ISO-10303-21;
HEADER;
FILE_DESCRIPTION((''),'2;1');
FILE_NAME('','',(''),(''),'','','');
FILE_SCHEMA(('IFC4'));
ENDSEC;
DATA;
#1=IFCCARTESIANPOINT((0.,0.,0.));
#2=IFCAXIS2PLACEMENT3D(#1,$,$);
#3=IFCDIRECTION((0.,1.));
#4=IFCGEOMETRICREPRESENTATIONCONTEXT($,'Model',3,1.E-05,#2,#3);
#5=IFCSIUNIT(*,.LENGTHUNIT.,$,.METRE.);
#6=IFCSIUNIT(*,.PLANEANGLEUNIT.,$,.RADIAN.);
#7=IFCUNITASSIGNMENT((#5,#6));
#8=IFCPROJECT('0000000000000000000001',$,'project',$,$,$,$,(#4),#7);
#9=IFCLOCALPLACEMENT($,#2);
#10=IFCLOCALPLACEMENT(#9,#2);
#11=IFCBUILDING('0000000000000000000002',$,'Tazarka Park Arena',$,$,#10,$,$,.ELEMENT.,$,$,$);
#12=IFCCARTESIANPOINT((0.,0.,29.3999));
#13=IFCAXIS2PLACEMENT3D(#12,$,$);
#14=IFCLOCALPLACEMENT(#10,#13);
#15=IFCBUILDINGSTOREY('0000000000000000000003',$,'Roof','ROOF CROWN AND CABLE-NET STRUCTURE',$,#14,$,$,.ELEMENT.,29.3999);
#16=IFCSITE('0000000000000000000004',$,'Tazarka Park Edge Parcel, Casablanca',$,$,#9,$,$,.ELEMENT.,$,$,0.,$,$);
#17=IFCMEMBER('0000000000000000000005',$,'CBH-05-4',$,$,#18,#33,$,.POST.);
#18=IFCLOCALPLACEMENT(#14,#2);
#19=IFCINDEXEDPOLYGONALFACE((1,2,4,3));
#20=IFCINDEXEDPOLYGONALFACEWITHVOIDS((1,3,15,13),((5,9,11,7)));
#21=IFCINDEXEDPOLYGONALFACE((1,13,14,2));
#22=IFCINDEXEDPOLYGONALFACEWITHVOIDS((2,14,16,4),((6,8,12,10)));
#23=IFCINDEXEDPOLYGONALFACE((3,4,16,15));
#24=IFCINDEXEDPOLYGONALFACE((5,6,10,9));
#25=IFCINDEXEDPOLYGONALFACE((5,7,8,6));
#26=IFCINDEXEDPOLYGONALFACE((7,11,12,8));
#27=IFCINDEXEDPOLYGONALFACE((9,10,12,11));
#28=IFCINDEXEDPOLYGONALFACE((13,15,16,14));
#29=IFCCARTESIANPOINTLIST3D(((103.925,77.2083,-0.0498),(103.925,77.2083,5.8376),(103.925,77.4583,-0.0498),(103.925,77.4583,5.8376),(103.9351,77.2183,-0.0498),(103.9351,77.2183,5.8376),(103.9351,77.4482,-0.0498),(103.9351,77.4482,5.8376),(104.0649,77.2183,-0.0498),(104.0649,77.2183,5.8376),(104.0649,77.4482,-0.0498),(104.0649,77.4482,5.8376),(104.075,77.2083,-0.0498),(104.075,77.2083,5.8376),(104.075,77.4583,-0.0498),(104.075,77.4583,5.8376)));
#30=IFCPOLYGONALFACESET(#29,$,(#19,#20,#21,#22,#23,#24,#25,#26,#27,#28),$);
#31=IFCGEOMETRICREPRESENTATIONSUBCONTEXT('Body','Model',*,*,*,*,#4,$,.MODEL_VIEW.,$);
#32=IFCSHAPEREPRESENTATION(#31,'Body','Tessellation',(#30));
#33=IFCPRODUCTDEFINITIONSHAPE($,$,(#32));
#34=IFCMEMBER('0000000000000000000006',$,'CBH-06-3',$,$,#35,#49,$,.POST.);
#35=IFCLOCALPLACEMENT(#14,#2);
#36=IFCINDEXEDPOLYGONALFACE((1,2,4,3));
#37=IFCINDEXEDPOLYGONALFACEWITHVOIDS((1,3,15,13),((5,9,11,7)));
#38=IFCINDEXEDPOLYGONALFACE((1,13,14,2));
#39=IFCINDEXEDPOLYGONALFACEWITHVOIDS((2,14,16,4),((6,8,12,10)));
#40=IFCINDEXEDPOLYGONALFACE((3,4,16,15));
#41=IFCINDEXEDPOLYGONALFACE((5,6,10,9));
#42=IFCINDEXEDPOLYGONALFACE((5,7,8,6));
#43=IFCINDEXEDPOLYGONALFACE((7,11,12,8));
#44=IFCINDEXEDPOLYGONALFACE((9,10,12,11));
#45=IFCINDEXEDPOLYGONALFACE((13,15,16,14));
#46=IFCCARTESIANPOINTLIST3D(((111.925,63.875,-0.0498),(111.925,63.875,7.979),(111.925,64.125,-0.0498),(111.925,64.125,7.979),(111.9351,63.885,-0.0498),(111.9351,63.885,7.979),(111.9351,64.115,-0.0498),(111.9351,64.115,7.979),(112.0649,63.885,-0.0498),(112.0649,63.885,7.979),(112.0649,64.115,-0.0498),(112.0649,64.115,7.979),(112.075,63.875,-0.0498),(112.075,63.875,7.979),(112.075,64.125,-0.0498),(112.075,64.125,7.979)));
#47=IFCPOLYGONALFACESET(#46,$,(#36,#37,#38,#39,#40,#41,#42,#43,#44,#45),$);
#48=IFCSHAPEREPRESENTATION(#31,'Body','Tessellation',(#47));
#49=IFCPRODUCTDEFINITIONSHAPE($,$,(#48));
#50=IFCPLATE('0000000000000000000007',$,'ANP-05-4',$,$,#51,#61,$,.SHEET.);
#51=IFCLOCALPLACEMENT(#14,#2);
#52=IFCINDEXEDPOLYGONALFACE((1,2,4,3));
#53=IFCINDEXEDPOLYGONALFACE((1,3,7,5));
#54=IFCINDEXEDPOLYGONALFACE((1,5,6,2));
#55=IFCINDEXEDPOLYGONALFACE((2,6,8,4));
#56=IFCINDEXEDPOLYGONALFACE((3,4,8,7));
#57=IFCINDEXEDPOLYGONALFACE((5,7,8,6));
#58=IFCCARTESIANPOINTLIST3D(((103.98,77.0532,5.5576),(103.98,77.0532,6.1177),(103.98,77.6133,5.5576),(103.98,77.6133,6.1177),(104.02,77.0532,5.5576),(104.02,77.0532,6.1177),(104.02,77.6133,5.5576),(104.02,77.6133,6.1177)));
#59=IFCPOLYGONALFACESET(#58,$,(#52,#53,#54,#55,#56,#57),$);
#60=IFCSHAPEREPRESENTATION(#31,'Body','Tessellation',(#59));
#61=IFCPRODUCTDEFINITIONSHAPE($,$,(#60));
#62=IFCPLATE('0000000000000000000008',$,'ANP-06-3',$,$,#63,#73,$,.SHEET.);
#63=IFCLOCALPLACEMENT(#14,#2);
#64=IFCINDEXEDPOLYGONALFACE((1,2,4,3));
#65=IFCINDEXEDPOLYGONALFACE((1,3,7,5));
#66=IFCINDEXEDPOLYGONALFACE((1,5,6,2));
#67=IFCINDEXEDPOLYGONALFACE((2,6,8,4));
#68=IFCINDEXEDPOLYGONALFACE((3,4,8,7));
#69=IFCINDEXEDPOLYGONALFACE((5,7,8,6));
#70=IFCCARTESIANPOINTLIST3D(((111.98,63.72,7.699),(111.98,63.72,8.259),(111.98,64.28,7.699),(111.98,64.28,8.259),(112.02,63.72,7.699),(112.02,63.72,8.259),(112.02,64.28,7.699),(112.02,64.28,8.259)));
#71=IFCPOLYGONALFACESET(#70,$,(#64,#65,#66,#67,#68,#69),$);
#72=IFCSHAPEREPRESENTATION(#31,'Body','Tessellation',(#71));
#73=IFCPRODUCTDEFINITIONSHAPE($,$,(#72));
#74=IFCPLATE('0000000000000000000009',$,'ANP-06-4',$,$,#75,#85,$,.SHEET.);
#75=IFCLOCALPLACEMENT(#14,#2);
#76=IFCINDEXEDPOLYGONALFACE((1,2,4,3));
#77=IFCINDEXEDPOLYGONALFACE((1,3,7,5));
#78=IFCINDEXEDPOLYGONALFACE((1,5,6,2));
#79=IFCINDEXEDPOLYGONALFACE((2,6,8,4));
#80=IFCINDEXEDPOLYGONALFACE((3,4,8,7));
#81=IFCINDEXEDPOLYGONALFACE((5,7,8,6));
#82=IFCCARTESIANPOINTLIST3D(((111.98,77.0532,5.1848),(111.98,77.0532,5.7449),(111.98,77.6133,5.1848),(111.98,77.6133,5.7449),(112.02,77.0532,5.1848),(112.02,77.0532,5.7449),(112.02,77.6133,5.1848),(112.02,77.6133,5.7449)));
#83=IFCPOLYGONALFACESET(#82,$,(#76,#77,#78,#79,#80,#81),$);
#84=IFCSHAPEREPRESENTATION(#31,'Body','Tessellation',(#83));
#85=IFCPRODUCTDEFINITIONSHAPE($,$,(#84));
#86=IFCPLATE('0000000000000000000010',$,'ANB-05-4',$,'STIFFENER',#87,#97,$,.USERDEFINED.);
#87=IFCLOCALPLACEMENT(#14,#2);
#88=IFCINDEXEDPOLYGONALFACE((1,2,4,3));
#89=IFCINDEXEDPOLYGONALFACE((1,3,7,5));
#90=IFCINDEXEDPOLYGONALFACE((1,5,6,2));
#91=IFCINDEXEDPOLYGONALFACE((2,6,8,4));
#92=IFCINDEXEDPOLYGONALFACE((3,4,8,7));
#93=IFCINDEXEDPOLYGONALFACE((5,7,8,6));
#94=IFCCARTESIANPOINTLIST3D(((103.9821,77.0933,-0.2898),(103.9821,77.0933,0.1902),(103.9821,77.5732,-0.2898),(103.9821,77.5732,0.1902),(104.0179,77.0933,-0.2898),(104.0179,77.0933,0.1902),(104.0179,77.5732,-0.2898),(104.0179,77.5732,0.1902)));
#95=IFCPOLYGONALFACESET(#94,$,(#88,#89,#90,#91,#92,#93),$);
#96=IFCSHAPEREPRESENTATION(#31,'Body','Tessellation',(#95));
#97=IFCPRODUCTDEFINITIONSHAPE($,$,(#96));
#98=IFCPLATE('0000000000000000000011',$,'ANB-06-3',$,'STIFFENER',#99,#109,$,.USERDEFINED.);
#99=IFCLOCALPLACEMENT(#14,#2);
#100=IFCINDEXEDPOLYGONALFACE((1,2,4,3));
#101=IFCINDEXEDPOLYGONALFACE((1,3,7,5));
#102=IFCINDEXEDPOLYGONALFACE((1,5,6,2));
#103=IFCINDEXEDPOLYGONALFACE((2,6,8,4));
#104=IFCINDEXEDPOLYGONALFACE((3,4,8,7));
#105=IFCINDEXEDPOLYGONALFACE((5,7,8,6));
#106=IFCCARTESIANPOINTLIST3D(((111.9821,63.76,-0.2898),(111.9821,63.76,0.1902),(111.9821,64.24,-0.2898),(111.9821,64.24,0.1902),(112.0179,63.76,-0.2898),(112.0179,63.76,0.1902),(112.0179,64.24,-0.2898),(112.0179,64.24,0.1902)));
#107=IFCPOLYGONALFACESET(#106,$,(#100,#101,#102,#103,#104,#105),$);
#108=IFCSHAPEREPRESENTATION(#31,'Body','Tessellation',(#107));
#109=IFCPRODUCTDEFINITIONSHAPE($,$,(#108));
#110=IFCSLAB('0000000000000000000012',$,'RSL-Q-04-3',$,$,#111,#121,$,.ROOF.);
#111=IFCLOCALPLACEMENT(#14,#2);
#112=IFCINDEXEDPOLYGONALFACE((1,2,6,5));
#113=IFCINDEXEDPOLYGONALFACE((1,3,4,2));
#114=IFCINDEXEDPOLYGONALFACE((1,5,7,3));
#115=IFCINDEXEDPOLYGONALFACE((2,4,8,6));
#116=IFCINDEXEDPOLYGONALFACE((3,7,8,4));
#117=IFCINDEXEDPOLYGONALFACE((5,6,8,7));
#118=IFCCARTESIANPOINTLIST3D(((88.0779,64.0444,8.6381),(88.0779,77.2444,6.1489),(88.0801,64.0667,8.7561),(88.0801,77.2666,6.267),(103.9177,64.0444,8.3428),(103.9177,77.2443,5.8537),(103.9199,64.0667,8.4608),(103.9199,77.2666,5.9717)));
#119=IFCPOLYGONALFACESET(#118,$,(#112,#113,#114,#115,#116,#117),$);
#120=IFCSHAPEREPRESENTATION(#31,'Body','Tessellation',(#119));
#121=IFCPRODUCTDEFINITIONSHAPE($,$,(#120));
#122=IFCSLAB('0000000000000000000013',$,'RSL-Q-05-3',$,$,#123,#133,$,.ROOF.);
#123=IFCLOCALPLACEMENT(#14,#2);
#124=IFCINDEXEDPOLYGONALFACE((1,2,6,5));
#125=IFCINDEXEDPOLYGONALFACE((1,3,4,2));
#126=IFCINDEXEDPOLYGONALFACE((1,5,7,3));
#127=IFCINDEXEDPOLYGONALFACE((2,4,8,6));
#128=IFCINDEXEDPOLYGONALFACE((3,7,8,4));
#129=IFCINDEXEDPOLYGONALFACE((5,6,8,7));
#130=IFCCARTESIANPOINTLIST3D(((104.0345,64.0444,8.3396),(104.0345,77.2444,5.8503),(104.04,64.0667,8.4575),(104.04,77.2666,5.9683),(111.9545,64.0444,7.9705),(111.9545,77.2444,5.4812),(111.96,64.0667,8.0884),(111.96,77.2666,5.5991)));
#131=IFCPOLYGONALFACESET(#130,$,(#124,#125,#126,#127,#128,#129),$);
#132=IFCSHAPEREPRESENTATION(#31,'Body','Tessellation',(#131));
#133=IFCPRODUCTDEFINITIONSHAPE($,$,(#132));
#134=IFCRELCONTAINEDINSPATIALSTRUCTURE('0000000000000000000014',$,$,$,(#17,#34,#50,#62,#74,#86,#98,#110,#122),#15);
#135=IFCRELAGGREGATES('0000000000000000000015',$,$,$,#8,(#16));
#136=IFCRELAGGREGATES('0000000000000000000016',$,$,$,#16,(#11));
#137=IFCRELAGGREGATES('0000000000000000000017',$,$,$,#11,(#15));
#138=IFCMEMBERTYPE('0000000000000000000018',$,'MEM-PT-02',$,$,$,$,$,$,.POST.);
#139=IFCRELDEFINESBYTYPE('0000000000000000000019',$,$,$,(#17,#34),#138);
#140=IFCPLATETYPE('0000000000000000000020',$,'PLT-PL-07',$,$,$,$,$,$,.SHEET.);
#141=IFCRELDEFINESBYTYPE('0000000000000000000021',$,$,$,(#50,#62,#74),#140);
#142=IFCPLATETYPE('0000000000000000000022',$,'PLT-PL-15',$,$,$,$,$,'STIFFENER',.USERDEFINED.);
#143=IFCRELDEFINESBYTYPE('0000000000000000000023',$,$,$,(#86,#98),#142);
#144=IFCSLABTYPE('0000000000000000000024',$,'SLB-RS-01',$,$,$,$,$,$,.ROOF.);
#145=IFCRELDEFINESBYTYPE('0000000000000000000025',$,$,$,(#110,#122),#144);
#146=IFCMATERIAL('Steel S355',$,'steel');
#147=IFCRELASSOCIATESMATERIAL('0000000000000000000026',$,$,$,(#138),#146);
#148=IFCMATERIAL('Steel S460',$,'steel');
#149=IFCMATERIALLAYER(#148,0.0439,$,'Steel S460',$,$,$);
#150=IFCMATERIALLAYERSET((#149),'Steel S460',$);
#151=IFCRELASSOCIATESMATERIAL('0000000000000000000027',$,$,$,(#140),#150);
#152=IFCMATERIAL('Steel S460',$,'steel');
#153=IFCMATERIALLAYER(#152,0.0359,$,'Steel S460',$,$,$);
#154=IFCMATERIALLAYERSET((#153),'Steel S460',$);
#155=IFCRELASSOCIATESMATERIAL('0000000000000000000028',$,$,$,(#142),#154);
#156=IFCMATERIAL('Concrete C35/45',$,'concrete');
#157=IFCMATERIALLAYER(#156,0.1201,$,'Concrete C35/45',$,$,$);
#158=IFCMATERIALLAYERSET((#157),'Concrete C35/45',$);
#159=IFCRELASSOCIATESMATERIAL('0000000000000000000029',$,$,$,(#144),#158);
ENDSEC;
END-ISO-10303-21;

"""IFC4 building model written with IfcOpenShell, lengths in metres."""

from ifc_helpers import new_model, si_unit, direction, frame, origin, origin_2d, place, context, subcontext, project, spatial, polyline, rectangle, hollow_rectangle, outline, extrude, material, layer, layer_set, material_profile, profile_set, type_object, element, save


model = new_model("IFC4")

# Units and contexts
model_context = context("Model", 3, precision=1e-05, world=origin(), true_north=direction((0.0, 1.0)))
body_context = subcontext(model_context, "Body", "Model", "MODEL_VIEW")
ifc_project = project(units=[si_unit("LENGTHUNIT", "METRE"), si_unit("PLANEANGLEUNIT", "RADIAN")], contexts=[model_context])

# Site, building, storey
site_placement = place(None, origin())
site = spatial("IfcSite", under=ifc_project, at=site_placement, Name="Tazarka Park Edge Parcel, Casablanca", CompositionType="ELEMENT", RefElevation=0.0)
building_placement = place(site_placement, origin())
building = spatial("IfcBuilding", under=site, at=building_placement, Name="Tazarka Park Arena", CompositionType="ELEMENT")
storey_placement = place(building_placement, frame((0.0, 0.0, 29.3999)))
storey = spatial("IfcBuildingStorey", under=building, at=storey_placement, Name="Roof", Description="ROOF CROWN AND CABLE-NET STRUCTURE", CompositionType="ELEMENT", Elevation=29.3999)

# Members
ifc_material_1 = material(Name="Steel S355", Category="steel")
ifc_material_profile_1 = material_profile(ifc_material_1, hollow_rectangle(XDim=0.1499, YDim=0.25, WallThickness=0.01, at=origin_2d()), Name="Steel S355")
ifc_profile_set_1 = profile_set([ifc_material_profile_1], Name="Steel S355")
member_type_1 = type_object("IfcMemberType", Name="MEM-PT-02", PredefinedType="POST", material=ifc_profile_set_1)
member_1_placement = place(storey_placement, frame((104.0, 77.3333, -0.0498), z_axis=(0.0, 0.0, 1.0), x_axis=(1.0, 0.0, 0.0)))
element("IfcMember", 1, at=member_1_placement, inside=storey, type_object=member_type_1, Name="CBH-05-4", PredefinedType="POST", context=body_context, shape_type="SweptSolid", body=[
    extrude(hollow_rectangle(XDim=0.1499, YDim=0.25, WallThickness=0.01, at=origin_2d()), origin(), (0.0, 0.0, 1.0), 5.8875),
])
member_2_placement = place(storey_placement, frame((112.0, 64.0, -0.0498), z_axis=(0.0, 0.0, 1.0), x_axis=(1.0, 0.0, 0.0)))
element("IfcMember", 2, at=member_2_placement, inside=storey, type_object=member_type_1, Name="CBH-06-3", PredefinedType="POST", context=body_context, shape_type="SweptSolid", body=[
    extrude(hollow_rectangle(XDim=0.1499, YDim=0.25, WallThickness=0.01, at=origin_2d()), origin(), (0.0, 0.0, 1.0), 8.0288),
])

# Plates
ifc_material_2 = material(Name="Steel S460", Category="steel")
ifc_layer_1 = layer(ifc_material_2, 0.0439, Name="Steel S460")
ifc_layer_set_1 = layer_set([ifc_layer_1], Name="Steel S460")
plate_type_1 = type_object("IfcPlateType", Name="PLT-PL-07", PredefinedType="SHEET", material=ifc_layer_set_1)
for number, where, z_axis, x_axis, name in (
    (3, (104.0, 77.3333, 5.5576), (0.0, 0.0, 1.0), (1.0, 0.0, 0.0), "ANP-05-4"),
    (4, (112.0, 64.0, 7.699), (0.0, 0.0, 1.0), (1.0, 0.0, 0.0), "ANP-06-3"),
    (5, (112.0, 77.3333, 5.1848), (0.0, 0.0, 1.0), (1.0, 0.0, 0.0), "ANP-06-4"),
):
    element("IfcPlate", number, at=place(storey_placement, frame(where, z_axis=z_axis, x_axis=x_axis)), inside=storey, type_object=plate_type_1, Name=name, PredefinedType="SHEET", context=body_context, shape_type="SweptSolid", body=[
        extrude(rectangle(XDim=0.04, YDim=0.5601, at=origin_2d()), origin(), (0.0, 0.0, 1.0), 0.5601),
    ])
ifc_material_3 = material(Name="Steel S460", Category="steel")
ifc_layer_2 = layer(ifc_material_3, 0.0359, Name="Steel S460")
ifc_layer_set_2 = layer_set([ifc_layer_2], Name="Steel S460")
plate_type_2 = type_object("IfcPlateType", Name="PLT-PL-15", ElementType="STIFFENER", PredefinedType="USERDEFINED", material=ifc_layer_set_2)
for number, where, z_axis, x_axis, name in (
    (6, (104.0, 77.3333, -0.2898), (0.0, 0.0, 1.0), (1.0, 0.0, 0.0), "ANB-05-4"),
    (7, (112.0, 64.0, -0.2898), (0.0, 0.0, 1.0), (1.0, 0.0, 0.0), "ANB-06-3"),
):
    element("IfcPlate", number, at=place(storey_placement, frame(where, z_axis=z_axis, x_axis=x_axis)), inside=storey, type_object=plate_type_2, Name=name, ObjectType="STIFFENER", PredefinedType="USERDEFINED", context=body_context, shape_type="SweptSolid", body=[
        extrude(rectangle(XDim=0.0359, YDim=0.48, at=origin_2d()), origin(), (0.0, 0.0, 1.0), 0.48),
    ])

# Slabs
ifc_material_4 = material(Name="Concrete C35/45", Category="concrete")
ifc_layer_3 = layer(ifc_material_4, 0.1201, Name="Concrete C35/45")
ifc_layer_set_3 = layer_set([ifc_layer_3], Name="Concrete C35/45")
slab_type = type_object("IfcSlabType", Name="SLB-RS-01", PredefinedType="ROOF", material=ifc_layer_set_3)
slab_1_placement = place(storey_placement, frame((88.0801, 64.0667, 8.7561), z_axis=(0.018316, 0.185275, 0.982516), x_axis=(0.999826, 0.000001, -0.018639)))
element("IfcSlab", 8, at=slab_1_placement, inside=storey, type_object=slab_type, Name="RSL-Q-04-3", PredefinedType="ROOF", context=body_context, shape_type="SweptSolid", body=[
    extrude(outline(polyline([(0.0, 0.0), (15.8426, 0.0), (15.889, 13.4325), (0.0464, 13.4325), (0.0, 0.0)])), origin(), (0.0, 0.0, -1.0), 0.1201),
])
slab_2_placement = place(storey_placement, frame((104.04, 64.0667, 8.4575), z_axis=(0.045754, 0.18512, 0.98165), x_axis=(0.998916, 0.0, -0.046559)))
element("IfcSlab", 9, at=slab_2_placement, inside=storey, type_object=slab_type, Name="RSL-Q-05-3", PredefinedType="ROOF", context=body_context, shape_type="SweptSolid", body=[
    extrude(outline(polyline([(0.0, 0.0), (7.9285, 0.0), (8.0444, 13.4321), (0.1159, 13.4321), (0.0, 0.0)])), origin(), (0.0, 0.0, -1.0), 0.1201),
])

save(model, "model.ifc")
